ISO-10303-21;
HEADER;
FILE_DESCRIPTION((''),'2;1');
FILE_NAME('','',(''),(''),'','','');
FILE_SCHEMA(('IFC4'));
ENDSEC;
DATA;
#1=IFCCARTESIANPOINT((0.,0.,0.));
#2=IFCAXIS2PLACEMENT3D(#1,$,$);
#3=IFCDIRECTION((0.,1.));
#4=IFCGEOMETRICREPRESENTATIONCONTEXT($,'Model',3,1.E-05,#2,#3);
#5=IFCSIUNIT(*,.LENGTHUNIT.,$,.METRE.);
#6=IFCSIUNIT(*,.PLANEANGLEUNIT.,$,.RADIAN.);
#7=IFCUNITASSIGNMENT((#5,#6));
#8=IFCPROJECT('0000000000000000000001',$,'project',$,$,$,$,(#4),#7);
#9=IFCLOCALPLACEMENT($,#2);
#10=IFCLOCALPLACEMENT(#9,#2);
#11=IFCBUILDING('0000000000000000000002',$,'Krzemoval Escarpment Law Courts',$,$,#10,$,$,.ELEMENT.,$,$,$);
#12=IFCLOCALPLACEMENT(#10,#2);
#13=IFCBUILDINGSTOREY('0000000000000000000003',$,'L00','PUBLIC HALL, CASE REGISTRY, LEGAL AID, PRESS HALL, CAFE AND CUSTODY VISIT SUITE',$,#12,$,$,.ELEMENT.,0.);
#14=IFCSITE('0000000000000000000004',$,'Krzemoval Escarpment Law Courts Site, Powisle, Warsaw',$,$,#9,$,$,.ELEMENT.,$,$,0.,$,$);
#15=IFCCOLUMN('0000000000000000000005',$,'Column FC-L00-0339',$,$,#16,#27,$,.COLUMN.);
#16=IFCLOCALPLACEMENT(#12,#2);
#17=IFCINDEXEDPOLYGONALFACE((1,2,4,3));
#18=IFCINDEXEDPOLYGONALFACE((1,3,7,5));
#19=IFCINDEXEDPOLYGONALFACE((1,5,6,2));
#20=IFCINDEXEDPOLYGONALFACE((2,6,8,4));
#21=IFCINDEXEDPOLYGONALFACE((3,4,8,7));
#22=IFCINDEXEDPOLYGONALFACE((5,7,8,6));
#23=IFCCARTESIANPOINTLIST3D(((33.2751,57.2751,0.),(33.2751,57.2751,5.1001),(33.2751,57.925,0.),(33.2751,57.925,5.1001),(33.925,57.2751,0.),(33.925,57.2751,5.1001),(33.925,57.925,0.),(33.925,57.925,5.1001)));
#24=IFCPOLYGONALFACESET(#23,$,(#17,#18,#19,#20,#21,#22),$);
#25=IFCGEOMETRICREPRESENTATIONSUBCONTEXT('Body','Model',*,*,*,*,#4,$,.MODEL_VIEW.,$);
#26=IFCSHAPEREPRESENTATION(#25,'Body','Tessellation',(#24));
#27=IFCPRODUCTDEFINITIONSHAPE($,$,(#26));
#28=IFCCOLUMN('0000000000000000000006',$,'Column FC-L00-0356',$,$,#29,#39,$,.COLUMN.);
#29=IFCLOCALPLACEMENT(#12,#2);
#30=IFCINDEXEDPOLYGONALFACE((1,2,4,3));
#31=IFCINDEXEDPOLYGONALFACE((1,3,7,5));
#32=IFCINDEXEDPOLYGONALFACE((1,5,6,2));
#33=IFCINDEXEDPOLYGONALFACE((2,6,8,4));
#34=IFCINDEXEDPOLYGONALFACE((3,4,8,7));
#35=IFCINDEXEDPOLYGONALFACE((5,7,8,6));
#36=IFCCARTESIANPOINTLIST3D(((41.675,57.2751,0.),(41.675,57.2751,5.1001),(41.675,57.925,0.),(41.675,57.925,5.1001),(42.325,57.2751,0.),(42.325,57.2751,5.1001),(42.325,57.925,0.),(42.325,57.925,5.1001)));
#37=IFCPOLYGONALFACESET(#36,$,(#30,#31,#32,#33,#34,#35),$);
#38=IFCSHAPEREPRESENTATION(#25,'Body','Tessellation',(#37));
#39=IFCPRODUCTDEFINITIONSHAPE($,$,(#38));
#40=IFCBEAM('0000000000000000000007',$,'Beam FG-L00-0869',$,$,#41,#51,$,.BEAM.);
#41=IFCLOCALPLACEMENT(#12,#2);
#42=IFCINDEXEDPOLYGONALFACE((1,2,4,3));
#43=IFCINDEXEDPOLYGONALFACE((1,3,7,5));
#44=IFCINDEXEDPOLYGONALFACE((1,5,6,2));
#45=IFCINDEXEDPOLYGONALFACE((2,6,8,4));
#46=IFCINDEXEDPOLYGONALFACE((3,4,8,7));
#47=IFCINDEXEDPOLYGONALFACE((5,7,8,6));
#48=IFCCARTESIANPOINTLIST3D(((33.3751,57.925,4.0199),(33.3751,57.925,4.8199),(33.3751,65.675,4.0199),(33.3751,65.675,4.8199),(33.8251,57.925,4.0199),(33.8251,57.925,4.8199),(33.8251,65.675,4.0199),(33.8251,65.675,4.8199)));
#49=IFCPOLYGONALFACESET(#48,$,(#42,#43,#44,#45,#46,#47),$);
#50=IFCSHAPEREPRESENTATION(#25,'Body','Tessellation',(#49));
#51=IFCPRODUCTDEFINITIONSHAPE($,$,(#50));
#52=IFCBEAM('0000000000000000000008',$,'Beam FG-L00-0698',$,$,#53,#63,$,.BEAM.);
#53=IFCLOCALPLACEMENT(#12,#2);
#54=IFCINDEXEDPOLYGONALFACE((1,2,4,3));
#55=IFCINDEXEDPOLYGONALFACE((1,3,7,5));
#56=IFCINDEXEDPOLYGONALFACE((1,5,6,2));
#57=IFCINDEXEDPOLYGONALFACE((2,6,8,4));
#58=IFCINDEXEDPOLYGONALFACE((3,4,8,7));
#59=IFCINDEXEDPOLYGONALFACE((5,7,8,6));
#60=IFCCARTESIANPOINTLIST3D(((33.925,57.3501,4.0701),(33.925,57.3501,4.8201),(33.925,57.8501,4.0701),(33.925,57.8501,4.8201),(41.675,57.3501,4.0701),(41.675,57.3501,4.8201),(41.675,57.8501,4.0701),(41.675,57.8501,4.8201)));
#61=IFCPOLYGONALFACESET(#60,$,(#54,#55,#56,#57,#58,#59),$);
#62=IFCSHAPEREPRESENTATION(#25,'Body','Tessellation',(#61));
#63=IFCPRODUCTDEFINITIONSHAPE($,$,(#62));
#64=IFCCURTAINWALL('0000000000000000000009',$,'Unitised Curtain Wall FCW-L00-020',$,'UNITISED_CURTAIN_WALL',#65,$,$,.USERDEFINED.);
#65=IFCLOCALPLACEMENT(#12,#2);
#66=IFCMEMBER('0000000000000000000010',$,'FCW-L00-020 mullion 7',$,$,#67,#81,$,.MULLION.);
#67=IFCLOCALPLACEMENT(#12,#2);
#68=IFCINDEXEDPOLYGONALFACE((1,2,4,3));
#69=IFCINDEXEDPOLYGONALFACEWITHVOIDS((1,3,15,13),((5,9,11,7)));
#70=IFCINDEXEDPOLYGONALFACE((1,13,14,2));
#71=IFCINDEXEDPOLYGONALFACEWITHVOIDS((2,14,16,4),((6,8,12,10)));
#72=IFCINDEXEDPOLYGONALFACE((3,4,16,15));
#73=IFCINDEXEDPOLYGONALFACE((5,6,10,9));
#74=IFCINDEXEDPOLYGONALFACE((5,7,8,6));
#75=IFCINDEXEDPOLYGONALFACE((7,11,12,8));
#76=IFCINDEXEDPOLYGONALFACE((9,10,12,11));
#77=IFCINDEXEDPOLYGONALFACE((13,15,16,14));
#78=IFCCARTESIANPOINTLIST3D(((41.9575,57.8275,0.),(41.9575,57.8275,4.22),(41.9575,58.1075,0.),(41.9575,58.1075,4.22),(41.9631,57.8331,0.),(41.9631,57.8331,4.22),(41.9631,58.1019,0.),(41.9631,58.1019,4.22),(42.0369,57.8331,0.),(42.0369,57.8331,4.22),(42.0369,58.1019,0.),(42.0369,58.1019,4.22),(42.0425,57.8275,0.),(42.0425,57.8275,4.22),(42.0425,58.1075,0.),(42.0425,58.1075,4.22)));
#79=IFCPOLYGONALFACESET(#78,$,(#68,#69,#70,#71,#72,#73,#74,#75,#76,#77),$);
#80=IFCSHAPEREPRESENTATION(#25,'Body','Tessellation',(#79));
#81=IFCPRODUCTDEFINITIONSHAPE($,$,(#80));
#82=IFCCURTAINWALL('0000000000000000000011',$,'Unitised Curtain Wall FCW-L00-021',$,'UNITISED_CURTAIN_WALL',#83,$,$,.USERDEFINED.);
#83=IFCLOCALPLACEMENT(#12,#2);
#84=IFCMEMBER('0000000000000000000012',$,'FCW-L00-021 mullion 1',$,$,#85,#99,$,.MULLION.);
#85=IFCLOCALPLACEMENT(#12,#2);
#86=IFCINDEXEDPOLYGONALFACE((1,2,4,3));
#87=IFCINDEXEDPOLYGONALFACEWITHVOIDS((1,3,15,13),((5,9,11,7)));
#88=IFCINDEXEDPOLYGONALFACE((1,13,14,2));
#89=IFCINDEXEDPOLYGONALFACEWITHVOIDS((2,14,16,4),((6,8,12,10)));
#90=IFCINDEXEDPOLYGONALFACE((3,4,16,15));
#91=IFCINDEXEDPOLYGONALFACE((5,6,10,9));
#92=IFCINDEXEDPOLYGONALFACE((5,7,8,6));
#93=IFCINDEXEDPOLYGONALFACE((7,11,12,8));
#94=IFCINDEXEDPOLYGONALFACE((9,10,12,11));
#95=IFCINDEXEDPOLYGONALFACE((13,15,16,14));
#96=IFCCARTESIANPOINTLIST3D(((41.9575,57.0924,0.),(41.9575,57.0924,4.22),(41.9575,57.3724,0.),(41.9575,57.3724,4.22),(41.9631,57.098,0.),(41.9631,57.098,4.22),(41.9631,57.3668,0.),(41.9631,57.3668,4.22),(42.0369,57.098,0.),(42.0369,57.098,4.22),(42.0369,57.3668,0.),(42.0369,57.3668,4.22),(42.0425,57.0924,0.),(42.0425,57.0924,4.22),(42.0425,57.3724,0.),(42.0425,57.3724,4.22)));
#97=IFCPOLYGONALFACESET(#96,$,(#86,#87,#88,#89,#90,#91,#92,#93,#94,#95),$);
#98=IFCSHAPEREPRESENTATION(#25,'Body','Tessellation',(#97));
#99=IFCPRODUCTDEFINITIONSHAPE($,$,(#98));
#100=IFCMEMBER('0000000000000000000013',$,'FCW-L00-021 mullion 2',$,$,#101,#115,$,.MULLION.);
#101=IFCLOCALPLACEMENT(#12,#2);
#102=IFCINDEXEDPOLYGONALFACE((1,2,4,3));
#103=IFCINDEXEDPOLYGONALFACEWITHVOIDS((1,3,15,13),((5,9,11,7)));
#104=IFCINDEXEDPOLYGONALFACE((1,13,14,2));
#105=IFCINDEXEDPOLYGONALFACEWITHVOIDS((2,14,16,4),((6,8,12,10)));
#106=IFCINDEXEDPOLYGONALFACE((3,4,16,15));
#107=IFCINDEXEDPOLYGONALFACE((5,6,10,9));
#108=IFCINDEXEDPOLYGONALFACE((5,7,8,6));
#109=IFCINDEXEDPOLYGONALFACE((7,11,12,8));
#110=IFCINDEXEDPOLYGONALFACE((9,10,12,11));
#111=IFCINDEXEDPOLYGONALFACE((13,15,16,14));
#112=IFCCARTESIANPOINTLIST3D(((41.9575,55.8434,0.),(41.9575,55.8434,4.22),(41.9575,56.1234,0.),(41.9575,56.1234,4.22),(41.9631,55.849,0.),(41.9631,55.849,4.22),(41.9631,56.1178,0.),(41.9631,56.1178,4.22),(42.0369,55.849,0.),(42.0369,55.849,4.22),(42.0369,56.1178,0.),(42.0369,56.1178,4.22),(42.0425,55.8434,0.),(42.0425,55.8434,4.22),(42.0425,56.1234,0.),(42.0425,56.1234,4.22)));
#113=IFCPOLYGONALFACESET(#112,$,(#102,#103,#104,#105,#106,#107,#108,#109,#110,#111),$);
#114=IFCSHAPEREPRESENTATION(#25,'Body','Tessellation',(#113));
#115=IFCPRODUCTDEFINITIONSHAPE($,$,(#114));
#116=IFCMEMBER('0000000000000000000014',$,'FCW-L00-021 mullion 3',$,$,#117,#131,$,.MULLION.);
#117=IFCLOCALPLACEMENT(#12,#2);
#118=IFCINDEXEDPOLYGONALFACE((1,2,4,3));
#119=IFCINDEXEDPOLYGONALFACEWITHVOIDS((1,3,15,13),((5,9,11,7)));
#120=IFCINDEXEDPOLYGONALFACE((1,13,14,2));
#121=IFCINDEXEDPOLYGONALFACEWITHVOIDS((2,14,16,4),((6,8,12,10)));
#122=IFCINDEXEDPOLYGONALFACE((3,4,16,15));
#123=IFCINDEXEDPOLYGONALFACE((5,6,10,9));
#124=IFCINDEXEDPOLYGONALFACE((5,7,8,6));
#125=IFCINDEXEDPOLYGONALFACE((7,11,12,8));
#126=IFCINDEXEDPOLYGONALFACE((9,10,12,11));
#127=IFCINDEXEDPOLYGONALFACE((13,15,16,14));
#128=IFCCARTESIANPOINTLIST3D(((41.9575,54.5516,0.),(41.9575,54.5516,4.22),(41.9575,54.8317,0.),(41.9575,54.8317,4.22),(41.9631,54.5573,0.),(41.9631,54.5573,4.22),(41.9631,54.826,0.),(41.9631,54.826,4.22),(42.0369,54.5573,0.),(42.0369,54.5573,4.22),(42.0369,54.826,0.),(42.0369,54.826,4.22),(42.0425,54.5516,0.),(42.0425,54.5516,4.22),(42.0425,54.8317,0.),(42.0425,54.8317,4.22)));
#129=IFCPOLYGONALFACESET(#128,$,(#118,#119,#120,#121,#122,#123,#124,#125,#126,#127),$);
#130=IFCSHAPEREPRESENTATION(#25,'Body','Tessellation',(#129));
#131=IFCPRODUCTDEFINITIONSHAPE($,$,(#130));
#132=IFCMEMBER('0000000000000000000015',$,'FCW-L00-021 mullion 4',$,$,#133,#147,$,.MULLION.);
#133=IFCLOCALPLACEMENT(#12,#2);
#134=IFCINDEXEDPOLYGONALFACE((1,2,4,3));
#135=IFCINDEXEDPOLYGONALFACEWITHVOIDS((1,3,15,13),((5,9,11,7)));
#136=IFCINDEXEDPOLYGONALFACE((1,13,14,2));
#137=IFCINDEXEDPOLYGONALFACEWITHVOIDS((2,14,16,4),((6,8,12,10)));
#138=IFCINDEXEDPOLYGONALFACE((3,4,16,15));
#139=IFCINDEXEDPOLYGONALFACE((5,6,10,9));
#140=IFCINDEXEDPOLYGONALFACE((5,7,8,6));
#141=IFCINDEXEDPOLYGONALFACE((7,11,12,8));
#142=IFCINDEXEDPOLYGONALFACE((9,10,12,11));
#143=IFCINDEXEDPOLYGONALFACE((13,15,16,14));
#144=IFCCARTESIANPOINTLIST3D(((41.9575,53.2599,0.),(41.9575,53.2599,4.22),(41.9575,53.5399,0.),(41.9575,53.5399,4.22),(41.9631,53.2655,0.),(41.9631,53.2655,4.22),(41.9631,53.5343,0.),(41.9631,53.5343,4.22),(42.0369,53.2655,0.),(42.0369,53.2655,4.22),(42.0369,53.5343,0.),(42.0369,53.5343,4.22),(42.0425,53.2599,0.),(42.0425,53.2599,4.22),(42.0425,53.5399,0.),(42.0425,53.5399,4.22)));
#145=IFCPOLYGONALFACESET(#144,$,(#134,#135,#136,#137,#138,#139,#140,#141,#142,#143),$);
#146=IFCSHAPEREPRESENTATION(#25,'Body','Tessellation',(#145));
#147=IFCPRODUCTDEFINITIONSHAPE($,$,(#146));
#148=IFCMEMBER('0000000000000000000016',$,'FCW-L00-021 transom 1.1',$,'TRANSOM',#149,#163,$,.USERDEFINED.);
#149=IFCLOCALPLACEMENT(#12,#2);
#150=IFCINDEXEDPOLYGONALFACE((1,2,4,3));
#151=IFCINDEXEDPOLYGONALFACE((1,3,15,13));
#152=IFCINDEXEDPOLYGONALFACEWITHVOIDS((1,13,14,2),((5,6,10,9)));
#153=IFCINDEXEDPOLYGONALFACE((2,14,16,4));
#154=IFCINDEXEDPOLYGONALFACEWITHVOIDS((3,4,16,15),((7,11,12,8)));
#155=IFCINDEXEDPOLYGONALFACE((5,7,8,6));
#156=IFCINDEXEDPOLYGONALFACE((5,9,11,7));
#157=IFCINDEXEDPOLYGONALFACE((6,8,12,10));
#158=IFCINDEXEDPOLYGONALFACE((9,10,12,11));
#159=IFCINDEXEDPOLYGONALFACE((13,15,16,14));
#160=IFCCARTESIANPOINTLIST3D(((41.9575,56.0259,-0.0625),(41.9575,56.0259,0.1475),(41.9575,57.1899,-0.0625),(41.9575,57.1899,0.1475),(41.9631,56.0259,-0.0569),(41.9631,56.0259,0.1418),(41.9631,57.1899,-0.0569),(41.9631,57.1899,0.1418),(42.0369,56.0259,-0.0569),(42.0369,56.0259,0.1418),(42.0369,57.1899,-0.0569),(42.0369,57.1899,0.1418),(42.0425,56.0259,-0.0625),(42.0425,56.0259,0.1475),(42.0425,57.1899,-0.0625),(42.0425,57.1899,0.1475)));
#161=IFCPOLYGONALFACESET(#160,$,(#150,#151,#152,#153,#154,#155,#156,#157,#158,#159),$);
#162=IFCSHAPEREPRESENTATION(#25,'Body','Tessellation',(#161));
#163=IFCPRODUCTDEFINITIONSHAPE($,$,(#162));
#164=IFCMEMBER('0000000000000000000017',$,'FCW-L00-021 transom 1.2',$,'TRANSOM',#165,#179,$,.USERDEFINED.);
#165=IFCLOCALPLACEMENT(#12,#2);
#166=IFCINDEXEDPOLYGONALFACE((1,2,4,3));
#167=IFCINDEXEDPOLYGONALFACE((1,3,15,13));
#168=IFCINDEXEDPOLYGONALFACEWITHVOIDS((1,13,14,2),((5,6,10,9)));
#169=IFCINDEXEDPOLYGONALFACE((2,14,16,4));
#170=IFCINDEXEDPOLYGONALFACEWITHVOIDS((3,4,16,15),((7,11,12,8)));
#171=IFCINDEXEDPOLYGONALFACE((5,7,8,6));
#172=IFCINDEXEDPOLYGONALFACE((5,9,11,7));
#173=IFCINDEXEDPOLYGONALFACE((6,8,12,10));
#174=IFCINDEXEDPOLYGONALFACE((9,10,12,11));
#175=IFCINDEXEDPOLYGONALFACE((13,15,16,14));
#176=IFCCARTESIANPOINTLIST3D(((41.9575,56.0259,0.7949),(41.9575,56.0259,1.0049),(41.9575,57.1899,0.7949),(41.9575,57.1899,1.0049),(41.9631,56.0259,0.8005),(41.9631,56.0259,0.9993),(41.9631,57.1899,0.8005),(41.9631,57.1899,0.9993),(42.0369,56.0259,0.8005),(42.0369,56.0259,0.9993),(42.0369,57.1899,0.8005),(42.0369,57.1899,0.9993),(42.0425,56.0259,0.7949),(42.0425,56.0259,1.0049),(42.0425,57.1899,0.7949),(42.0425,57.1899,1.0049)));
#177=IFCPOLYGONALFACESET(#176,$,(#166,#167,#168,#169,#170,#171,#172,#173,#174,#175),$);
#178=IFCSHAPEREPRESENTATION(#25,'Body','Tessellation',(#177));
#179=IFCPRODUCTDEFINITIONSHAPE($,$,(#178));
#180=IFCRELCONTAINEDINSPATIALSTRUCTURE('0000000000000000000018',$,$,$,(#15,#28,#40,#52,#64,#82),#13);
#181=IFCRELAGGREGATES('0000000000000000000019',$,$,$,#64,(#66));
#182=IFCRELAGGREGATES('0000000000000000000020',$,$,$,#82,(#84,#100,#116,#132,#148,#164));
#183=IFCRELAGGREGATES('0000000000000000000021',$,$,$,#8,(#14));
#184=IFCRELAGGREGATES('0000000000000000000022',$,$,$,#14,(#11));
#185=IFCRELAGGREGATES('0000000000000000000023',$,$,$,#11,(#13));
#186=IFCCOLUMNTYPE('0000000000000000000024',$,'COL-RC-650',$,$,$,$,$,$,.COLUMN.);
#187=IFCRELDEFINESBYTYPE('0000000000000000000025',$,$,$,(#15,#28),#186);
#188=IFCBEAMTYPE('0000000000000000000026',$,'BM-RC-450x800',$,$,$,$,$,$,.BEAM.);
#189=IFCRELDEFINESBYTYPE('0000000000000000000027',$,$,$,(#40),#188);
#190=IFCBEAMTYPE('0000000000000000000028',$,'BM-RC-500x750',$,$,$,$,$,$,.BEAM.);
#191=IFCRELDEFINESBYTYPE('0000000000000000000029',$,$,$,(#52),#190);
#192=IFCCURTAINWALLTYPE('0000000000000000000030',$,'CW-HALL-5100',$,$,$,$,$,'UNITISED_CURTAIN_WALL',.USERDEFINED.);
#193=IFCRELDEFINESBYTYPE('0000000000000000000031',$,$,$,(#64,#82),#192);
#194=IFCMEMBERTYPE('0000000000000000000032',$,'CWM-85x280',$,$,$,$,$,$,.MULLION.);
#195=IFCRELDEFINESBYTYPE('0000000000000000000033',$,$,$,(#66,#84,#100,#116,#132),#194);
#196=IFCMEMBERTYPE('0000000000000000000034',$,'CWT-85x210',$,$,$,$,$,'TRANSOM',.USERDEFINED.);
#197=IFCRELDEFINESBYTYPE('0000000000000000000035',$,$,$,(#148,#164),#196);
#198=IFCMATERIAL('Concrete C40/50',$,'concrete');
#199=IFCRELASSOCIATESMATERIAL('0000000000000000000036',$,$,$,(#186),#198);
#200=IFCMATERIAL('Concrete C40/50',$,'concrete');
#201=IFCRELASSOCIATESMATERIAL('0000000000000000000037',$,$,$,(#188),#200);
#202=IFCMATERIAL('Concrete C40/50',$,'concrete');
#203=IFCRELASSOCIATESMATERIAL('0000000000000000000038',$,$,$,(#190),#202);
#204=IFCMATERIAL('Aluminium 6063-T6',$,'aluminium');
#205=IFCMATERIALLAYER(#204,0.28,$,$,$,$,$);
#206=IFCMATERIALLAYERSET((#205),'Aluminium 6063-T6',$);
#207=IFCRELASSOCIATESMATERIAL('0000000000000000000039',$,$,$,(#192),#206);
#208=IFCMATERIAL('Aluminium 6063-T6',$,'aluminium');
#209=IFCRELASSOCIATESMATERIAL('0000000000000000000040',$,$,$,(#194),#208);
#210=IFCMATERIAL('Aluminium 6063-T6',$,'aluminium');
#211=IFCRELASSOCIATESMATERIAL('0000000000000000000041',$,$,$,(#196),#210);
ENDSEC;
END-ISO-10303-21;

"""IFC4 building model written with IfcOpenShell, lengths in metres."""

from ifc_helpers import new_model, si_unit, direction, frame, origin, origin_2d, place, context, subcontext, project, spatial, rectangle, hollow_rectangle, extrude, material, layer, layer_set, material_profile, profile_set, type_object, element, aggregate, save


model = new_model("IFC4")

# Units and contexts
model_context = context("Model", 3, precision=1e-05, world=origin(), true_north=direction((0.0, 1.0)))
body_context = subcontext(model_context, "Body", "Model", "MODEL_VIEW")
ifc_project = project(units=[si_unit("LENGTHUNIT", "METRE"), si_unit("PLANEANGLEUNIT", "RADIAN")], contexts=[model_context])

# Site, building, storey
site_placement = place(None, origin())
site = spatial("IfcSite", under=ifc_project, at=site_placement, Name="Krzemoval Escarpment Law Courts Site, Powisle, Warsaw", CompositionType="ELEMENT", RefElevation=0.0)
building_placement = place(site_placement, origin())
building = spatial("IfcBuilding", under=site, at=building_placement, Name="Krzemoval Escarpment Law Courts", CompositionType="ELEMENT")
storey_placement = place(building_placement, origin())
storey = spatial("IfcBuildingStorey", under=building, at=storey_placement, Name="L00", Description="PUBLIC HALL, CASE REGISTRY, LEGAL AID, PRESS HALL, CAFE AND CUSTODY VISIT SUITE", CompositionType="ELEMENT", Elevation=0.0)

# Columns
ifc_material_1 = material(Name="Concrete C40/50", Category="concrete")
ifc_material_profile_1 = material_profile(ifc_material_1, rectangle(XDim=0.6499, YDim=0.6499, at=origin_2d()), Name="RC 650x650")
ifc_profile_set_1 = profile_set([ifc_material_profile_1], Name="Concrete C40/50")
column_type = type_object("IfcColumnType", Name="COL-RC-650", PredefinedType="COLUMN", material=ifc_profile_set_1)
for number, where, z_axis, x_axis, name in (
    (1, (33.6001, 57.6001, 0.0), (0.0, 0.0, 1.0), (1.0, 0.0, 0.0), "Column FC-L00-0339"),
    (2, (42.0, 57.6001, 0.0), (0.0, 0.0, 1.0), (1.0, 0.0, 0.0), "Column FC-L00-0356"),
):
    element("IfcColumn", number, at=place(storey_placement, frame(where, z_axis=z_axis, x_axis=x_axis)), inside=storey, type_object=column_type, Name=name, PredefinedType="COLUMN", context=body_context, shape_type="SweptSolid", body=[
        extrude(rectangle(XDim=0.6499, YDim=0.6499, at=origin_2d()), origin(), (0.0, 0.0, 1.0), 5.1001),
    ])

# Beams
ifc_material_2 = material(Name="Concrete C40/50", Category="concrete")
ifc_material_profile_2 = material_profile(ifc_material_2, rectangle(XDim=0.45, YDim=0.8, at=origin_2d()), Name="RCB 450x800")
ifc_profile_set_2 = profile_set([ifc_material_profile_2], Name="Concrete C40/50")
beam_type_1 = type_object("IfcBeamType", Name="BM-RC-450x800", PredefinedType="BEAM", material=ifc_profile_set_2)
beam_1_placement = place(storey_placement, frame((33.6001, 57.925, 4.4199), z_axis=(0.0, 1.0, 0.0), x_axis=(-1.0, 0.0, 0.0)))
element("IfcBeam", 3, at=beam_1_placement, inside=storey, type_object=beam_type_1, Name="Beam FG-L00-0869", PredefinedType="BEAM", context=body_context, shape_type="SweptSolid", body=[
    extrude(rectangle(XDim=0.45, YDim=0.8, at=origin_2d()), origin(), (0.0, 0.0, 1.0), 7.75),
])
ifc_material_3 = material(Name="Concrete C40/50", Category="concrete")
ifc_material_profile_3 = material_profile(ifc_material_3, rectangle(XDim=0.5, YDim=0.75, at=origin_2d()), Name="RCB 500x750")
ifc_profile_set_3 = profile_set([ifc_material_profile_3], Name="Concrete C40/50")
beam_type_2 = type_object("IfcBeamType", Name="BM-RC-500x750", PredefinedType="BEAM", material=ifc_profile_set_3)
beam_2_placement = place(storey_placement, frame((33.925, 57.6001, 4.4451), z_axis=(1.0, 0.0, 0.0), x_axis=(0.0, 1.0, 0.0)))
element("IfcBeam", 4, at=beam_2_placement, inside=storey, type_object=beam_type_2, Name="Beam FG-L00-0698", PredefinedType="BEAM", context=body_context, shape_type="SweptSolid", body=[
    extrude(rectangle(XDim=0.5, YDim=0.75, at=origin_2d()), origin(), (0.0, 0.0, 1.0), 7.75),
])

# Curtain wall, member
ifc_material_4 = material(Name="Aluminium 6063-T6", Category="aluminium")
ifc_layer_1 = layer(ifc_material_4, 0.28)
ifc_layer_set_1 = layer_set([ifc_layer_1], Name="Aluminium 6063-T6")
curtain_wall_type = type_object("IfcCurtainWallType", Name="CW-HALL-5100", ElementType="UNITISED_CURTAIN_WALL", PredefinedType="USERDEFINED", material=ifc_layer_set_1)
curtain_wall_1_placement = place(storey_placement, origin())
curtain_wall_1 = element("IfcCurtainWall", 5, at=curtain_wall_1_placement, inside=storey, type_object=curtain_wall_type, Name="Unitised Curtain Wall FCW-L00-020", ObjectType="UNITISED_CURTAIN_WALL", PredefinedType="USERDEFINED")
ifc_material_5 = material(Name="Aluminium 6063-T6", Category="aluminium")
ifc_material_profile_4 = material_profile(ifc_material_5, hollow_rectangle(XDim=0.085, YDim=0.28, WallThickness=0.0056, at=origin_2d()), Name="ALU M85x280")
ifc_profile_set_4 = profile_set([ifc_material_profile_4], Name="Aluminium 6063-T6")
member_type_1 = type_object("IfcMemberType", Name="CWM-85x280", PredefinedType="MULLION", material=ifc_profile_set_4)
member_1_placement = place(storey_placement, frame((42.0, 57.9675, 0.0), z_axis=(0.0, 0.0, 1.0), x_axis=(1.0, 0.0, 0.0)))
member_1 = element("IfcMember", 6, at=member_1_placement, type_object=member_type_1, Name="FCW-L00-020 mullion 7", PredefinedType="MULLION", context=body_context, shape_type="SweptSolid", body=[
    extrude(hollow_rectangle(XDim=0.085, YDim=0.28, WallThickness=0.0056, at=origin_2d()), origin(), (0.0, 0.0, 1.0), 4.22),
])

# Curtain wall, members
curtain_wall_2_placement = place(storey_placement, origin())
curtain_wall_2 = element("IfcCurtainWall", 7, at=curtain_wall_2_placement, inside=storey, type_object=curtain_wall_type, Name="Unitised Curtain Wall FCW-L00-021", ObjectType="UNITISED_CURTAIN_WALL", PredefinedType="USERDEFINED")
member_2_placement = place(storey_placement, frame((42.0, 57.2324, 0.0), z_axis=(0.0, 0.0, 1.0), x_axis=(1.0, 0.0, 0.0)))
member_2 = element("IfcMember", 8, at=member_2_placement, type_object=member_type_1, Name="FCW-L00-021 mullion 1", PredefinedType="MULLION", context=body_context, shape_type="SweptSolid", body=[
    extrude(hollow_rectangle(XDim=0.085, YDim=0.28, WallThickness=0.0056, at=origin_2d()), origin(), (0.0, 0.0, 1.0), 4.22),
])
member_3_placement = place(storey_placement, frame((42.0, 55.9834, 0.0), z_axis=(0.0, 0.0, 1.0), x_axis=(1.0, 0.0, 0.0)))
member_3 = element("IfcMember", 9, at=member_3_placement, type_object=member_type_1, Name="FCW-L00-021 mullion 2", PredefinedType="MULLION", context=body_context, shape_type="SweptSolid", body=[
    extrude(hollow_rectangle(XDim=0.085, YDim=0.28, WallThickness=0.0056, at=origin_2d()), origin(), (0.0, 0.0, 1.0), 4.22),
])
member_4_placement = place(storey_placement, frame((42.0, 54.6917, 0.0), z_axis=(0.0, 0.0, 1.0), x_axis=(1.0, 0.0, 0.0)))
member_4 = element("IfcMember", 10, at=member_4_placement, type_object=member_type_1, Name="FCW-L00-021 mullion 3", PredefinedType="MULLION", context=body_context, shape_type="SweptSolid", body=[
    extrude(hollow_rectangle(XDim=0.085, YDim=0.28, WallThickness=0.0056, at=origin_2d()), origin(), (0.0, 0.0, 1.0), 4.22),
])
member_5_placement = place(storey_placement, frame((42.0, 53.3999, 0.0), z_axis=(0.0, 0.0, 1.0), x_axis=(1.0, 0.0, 0.0)))
member_5 = element("IfcMember", 11, at=member_5_placement, type_object=member_type_1, Name="FCW-L00-021 mullion 4", PredefinedType="MULLION", context=body_context, shape_type="SweptSolid", body=[
    extrude(hollow_rectangle(XDim=0.085, YDim=0.28, WallThickness=0.0056, at=origin_2d()), origin(), (0.0, 0.0, 1.0), 4.22),
])
ifc_material_6 = material(Name="Aluminium 6063-T6", Category="aluminium")
ifc_material_profile_5 = material_profile(ifc_material_6, hollow_rectangle(XDim=0.085, YDim=0.21, WallThickness=0.0056, at=origin_2d()), Name="ALU T85x210")
ifc_profile_set_5 = profile_set([ifc_material_profile_5], Name="Aluminium 6063-T6")
member_type_2 = type_object("IfcMemberType", Name="CWT-85x210", ElementType="TRANSOM", PredefinedType="USERDEFINED", material=ifc_profile_set_5)
member_6_placement = place(storey_placement, frame((42.0, 57.1899, 0.0425), z_axis=(0.0, -1.0, 0.0), x_axis=(1.0, 0.0, 0.0)))
member_6 = element("IfcMember", 12, at=member_6_placement, type_object=member_type_2, Name="FCW-L00-021 transom 1.1", ObjectType="TRANSOM", PredefinedType="USERDEFINED", context=body_context, shape_type="SweptSolid", body=[
    extrude(hollow_rectangle(XDim=0.085, YDim=0.21, WallThickness=0.0056, at=origin_2d()), origin(), (0.0, 0.0, 1.0), 1.1641),
])
member_7_placement = place(storey_placement, frame((42.0, 57.1899, 0.8999), z_axis=(0.0, -1.0, 0.0), x_axis=(1.0, 0.0, 0.0)))
member_7 = element("IfcMember", 13, at=member_7_placement, type_object=member_type_2, Name="FCW-L00-021 transom 1.2", ObjectType="TRANSOM", PredefinedType="USERDEFINED", context=body_context, shape_type="SweptSolid", body=[
    extrude(hollow_rectangle(XDim=0.085, YDim=0.21, WallThickness=0.0056, at=origin_2d()), origin(), (0.0, 0.0, 1.0), 1.1641),
])

aggregate(curtain_wall_1, [member_1])
aggregate(curtain_wall_2, [member_2, member_3, member_4, member_5, member_6, member_7])

save(model, "model.ifc")
